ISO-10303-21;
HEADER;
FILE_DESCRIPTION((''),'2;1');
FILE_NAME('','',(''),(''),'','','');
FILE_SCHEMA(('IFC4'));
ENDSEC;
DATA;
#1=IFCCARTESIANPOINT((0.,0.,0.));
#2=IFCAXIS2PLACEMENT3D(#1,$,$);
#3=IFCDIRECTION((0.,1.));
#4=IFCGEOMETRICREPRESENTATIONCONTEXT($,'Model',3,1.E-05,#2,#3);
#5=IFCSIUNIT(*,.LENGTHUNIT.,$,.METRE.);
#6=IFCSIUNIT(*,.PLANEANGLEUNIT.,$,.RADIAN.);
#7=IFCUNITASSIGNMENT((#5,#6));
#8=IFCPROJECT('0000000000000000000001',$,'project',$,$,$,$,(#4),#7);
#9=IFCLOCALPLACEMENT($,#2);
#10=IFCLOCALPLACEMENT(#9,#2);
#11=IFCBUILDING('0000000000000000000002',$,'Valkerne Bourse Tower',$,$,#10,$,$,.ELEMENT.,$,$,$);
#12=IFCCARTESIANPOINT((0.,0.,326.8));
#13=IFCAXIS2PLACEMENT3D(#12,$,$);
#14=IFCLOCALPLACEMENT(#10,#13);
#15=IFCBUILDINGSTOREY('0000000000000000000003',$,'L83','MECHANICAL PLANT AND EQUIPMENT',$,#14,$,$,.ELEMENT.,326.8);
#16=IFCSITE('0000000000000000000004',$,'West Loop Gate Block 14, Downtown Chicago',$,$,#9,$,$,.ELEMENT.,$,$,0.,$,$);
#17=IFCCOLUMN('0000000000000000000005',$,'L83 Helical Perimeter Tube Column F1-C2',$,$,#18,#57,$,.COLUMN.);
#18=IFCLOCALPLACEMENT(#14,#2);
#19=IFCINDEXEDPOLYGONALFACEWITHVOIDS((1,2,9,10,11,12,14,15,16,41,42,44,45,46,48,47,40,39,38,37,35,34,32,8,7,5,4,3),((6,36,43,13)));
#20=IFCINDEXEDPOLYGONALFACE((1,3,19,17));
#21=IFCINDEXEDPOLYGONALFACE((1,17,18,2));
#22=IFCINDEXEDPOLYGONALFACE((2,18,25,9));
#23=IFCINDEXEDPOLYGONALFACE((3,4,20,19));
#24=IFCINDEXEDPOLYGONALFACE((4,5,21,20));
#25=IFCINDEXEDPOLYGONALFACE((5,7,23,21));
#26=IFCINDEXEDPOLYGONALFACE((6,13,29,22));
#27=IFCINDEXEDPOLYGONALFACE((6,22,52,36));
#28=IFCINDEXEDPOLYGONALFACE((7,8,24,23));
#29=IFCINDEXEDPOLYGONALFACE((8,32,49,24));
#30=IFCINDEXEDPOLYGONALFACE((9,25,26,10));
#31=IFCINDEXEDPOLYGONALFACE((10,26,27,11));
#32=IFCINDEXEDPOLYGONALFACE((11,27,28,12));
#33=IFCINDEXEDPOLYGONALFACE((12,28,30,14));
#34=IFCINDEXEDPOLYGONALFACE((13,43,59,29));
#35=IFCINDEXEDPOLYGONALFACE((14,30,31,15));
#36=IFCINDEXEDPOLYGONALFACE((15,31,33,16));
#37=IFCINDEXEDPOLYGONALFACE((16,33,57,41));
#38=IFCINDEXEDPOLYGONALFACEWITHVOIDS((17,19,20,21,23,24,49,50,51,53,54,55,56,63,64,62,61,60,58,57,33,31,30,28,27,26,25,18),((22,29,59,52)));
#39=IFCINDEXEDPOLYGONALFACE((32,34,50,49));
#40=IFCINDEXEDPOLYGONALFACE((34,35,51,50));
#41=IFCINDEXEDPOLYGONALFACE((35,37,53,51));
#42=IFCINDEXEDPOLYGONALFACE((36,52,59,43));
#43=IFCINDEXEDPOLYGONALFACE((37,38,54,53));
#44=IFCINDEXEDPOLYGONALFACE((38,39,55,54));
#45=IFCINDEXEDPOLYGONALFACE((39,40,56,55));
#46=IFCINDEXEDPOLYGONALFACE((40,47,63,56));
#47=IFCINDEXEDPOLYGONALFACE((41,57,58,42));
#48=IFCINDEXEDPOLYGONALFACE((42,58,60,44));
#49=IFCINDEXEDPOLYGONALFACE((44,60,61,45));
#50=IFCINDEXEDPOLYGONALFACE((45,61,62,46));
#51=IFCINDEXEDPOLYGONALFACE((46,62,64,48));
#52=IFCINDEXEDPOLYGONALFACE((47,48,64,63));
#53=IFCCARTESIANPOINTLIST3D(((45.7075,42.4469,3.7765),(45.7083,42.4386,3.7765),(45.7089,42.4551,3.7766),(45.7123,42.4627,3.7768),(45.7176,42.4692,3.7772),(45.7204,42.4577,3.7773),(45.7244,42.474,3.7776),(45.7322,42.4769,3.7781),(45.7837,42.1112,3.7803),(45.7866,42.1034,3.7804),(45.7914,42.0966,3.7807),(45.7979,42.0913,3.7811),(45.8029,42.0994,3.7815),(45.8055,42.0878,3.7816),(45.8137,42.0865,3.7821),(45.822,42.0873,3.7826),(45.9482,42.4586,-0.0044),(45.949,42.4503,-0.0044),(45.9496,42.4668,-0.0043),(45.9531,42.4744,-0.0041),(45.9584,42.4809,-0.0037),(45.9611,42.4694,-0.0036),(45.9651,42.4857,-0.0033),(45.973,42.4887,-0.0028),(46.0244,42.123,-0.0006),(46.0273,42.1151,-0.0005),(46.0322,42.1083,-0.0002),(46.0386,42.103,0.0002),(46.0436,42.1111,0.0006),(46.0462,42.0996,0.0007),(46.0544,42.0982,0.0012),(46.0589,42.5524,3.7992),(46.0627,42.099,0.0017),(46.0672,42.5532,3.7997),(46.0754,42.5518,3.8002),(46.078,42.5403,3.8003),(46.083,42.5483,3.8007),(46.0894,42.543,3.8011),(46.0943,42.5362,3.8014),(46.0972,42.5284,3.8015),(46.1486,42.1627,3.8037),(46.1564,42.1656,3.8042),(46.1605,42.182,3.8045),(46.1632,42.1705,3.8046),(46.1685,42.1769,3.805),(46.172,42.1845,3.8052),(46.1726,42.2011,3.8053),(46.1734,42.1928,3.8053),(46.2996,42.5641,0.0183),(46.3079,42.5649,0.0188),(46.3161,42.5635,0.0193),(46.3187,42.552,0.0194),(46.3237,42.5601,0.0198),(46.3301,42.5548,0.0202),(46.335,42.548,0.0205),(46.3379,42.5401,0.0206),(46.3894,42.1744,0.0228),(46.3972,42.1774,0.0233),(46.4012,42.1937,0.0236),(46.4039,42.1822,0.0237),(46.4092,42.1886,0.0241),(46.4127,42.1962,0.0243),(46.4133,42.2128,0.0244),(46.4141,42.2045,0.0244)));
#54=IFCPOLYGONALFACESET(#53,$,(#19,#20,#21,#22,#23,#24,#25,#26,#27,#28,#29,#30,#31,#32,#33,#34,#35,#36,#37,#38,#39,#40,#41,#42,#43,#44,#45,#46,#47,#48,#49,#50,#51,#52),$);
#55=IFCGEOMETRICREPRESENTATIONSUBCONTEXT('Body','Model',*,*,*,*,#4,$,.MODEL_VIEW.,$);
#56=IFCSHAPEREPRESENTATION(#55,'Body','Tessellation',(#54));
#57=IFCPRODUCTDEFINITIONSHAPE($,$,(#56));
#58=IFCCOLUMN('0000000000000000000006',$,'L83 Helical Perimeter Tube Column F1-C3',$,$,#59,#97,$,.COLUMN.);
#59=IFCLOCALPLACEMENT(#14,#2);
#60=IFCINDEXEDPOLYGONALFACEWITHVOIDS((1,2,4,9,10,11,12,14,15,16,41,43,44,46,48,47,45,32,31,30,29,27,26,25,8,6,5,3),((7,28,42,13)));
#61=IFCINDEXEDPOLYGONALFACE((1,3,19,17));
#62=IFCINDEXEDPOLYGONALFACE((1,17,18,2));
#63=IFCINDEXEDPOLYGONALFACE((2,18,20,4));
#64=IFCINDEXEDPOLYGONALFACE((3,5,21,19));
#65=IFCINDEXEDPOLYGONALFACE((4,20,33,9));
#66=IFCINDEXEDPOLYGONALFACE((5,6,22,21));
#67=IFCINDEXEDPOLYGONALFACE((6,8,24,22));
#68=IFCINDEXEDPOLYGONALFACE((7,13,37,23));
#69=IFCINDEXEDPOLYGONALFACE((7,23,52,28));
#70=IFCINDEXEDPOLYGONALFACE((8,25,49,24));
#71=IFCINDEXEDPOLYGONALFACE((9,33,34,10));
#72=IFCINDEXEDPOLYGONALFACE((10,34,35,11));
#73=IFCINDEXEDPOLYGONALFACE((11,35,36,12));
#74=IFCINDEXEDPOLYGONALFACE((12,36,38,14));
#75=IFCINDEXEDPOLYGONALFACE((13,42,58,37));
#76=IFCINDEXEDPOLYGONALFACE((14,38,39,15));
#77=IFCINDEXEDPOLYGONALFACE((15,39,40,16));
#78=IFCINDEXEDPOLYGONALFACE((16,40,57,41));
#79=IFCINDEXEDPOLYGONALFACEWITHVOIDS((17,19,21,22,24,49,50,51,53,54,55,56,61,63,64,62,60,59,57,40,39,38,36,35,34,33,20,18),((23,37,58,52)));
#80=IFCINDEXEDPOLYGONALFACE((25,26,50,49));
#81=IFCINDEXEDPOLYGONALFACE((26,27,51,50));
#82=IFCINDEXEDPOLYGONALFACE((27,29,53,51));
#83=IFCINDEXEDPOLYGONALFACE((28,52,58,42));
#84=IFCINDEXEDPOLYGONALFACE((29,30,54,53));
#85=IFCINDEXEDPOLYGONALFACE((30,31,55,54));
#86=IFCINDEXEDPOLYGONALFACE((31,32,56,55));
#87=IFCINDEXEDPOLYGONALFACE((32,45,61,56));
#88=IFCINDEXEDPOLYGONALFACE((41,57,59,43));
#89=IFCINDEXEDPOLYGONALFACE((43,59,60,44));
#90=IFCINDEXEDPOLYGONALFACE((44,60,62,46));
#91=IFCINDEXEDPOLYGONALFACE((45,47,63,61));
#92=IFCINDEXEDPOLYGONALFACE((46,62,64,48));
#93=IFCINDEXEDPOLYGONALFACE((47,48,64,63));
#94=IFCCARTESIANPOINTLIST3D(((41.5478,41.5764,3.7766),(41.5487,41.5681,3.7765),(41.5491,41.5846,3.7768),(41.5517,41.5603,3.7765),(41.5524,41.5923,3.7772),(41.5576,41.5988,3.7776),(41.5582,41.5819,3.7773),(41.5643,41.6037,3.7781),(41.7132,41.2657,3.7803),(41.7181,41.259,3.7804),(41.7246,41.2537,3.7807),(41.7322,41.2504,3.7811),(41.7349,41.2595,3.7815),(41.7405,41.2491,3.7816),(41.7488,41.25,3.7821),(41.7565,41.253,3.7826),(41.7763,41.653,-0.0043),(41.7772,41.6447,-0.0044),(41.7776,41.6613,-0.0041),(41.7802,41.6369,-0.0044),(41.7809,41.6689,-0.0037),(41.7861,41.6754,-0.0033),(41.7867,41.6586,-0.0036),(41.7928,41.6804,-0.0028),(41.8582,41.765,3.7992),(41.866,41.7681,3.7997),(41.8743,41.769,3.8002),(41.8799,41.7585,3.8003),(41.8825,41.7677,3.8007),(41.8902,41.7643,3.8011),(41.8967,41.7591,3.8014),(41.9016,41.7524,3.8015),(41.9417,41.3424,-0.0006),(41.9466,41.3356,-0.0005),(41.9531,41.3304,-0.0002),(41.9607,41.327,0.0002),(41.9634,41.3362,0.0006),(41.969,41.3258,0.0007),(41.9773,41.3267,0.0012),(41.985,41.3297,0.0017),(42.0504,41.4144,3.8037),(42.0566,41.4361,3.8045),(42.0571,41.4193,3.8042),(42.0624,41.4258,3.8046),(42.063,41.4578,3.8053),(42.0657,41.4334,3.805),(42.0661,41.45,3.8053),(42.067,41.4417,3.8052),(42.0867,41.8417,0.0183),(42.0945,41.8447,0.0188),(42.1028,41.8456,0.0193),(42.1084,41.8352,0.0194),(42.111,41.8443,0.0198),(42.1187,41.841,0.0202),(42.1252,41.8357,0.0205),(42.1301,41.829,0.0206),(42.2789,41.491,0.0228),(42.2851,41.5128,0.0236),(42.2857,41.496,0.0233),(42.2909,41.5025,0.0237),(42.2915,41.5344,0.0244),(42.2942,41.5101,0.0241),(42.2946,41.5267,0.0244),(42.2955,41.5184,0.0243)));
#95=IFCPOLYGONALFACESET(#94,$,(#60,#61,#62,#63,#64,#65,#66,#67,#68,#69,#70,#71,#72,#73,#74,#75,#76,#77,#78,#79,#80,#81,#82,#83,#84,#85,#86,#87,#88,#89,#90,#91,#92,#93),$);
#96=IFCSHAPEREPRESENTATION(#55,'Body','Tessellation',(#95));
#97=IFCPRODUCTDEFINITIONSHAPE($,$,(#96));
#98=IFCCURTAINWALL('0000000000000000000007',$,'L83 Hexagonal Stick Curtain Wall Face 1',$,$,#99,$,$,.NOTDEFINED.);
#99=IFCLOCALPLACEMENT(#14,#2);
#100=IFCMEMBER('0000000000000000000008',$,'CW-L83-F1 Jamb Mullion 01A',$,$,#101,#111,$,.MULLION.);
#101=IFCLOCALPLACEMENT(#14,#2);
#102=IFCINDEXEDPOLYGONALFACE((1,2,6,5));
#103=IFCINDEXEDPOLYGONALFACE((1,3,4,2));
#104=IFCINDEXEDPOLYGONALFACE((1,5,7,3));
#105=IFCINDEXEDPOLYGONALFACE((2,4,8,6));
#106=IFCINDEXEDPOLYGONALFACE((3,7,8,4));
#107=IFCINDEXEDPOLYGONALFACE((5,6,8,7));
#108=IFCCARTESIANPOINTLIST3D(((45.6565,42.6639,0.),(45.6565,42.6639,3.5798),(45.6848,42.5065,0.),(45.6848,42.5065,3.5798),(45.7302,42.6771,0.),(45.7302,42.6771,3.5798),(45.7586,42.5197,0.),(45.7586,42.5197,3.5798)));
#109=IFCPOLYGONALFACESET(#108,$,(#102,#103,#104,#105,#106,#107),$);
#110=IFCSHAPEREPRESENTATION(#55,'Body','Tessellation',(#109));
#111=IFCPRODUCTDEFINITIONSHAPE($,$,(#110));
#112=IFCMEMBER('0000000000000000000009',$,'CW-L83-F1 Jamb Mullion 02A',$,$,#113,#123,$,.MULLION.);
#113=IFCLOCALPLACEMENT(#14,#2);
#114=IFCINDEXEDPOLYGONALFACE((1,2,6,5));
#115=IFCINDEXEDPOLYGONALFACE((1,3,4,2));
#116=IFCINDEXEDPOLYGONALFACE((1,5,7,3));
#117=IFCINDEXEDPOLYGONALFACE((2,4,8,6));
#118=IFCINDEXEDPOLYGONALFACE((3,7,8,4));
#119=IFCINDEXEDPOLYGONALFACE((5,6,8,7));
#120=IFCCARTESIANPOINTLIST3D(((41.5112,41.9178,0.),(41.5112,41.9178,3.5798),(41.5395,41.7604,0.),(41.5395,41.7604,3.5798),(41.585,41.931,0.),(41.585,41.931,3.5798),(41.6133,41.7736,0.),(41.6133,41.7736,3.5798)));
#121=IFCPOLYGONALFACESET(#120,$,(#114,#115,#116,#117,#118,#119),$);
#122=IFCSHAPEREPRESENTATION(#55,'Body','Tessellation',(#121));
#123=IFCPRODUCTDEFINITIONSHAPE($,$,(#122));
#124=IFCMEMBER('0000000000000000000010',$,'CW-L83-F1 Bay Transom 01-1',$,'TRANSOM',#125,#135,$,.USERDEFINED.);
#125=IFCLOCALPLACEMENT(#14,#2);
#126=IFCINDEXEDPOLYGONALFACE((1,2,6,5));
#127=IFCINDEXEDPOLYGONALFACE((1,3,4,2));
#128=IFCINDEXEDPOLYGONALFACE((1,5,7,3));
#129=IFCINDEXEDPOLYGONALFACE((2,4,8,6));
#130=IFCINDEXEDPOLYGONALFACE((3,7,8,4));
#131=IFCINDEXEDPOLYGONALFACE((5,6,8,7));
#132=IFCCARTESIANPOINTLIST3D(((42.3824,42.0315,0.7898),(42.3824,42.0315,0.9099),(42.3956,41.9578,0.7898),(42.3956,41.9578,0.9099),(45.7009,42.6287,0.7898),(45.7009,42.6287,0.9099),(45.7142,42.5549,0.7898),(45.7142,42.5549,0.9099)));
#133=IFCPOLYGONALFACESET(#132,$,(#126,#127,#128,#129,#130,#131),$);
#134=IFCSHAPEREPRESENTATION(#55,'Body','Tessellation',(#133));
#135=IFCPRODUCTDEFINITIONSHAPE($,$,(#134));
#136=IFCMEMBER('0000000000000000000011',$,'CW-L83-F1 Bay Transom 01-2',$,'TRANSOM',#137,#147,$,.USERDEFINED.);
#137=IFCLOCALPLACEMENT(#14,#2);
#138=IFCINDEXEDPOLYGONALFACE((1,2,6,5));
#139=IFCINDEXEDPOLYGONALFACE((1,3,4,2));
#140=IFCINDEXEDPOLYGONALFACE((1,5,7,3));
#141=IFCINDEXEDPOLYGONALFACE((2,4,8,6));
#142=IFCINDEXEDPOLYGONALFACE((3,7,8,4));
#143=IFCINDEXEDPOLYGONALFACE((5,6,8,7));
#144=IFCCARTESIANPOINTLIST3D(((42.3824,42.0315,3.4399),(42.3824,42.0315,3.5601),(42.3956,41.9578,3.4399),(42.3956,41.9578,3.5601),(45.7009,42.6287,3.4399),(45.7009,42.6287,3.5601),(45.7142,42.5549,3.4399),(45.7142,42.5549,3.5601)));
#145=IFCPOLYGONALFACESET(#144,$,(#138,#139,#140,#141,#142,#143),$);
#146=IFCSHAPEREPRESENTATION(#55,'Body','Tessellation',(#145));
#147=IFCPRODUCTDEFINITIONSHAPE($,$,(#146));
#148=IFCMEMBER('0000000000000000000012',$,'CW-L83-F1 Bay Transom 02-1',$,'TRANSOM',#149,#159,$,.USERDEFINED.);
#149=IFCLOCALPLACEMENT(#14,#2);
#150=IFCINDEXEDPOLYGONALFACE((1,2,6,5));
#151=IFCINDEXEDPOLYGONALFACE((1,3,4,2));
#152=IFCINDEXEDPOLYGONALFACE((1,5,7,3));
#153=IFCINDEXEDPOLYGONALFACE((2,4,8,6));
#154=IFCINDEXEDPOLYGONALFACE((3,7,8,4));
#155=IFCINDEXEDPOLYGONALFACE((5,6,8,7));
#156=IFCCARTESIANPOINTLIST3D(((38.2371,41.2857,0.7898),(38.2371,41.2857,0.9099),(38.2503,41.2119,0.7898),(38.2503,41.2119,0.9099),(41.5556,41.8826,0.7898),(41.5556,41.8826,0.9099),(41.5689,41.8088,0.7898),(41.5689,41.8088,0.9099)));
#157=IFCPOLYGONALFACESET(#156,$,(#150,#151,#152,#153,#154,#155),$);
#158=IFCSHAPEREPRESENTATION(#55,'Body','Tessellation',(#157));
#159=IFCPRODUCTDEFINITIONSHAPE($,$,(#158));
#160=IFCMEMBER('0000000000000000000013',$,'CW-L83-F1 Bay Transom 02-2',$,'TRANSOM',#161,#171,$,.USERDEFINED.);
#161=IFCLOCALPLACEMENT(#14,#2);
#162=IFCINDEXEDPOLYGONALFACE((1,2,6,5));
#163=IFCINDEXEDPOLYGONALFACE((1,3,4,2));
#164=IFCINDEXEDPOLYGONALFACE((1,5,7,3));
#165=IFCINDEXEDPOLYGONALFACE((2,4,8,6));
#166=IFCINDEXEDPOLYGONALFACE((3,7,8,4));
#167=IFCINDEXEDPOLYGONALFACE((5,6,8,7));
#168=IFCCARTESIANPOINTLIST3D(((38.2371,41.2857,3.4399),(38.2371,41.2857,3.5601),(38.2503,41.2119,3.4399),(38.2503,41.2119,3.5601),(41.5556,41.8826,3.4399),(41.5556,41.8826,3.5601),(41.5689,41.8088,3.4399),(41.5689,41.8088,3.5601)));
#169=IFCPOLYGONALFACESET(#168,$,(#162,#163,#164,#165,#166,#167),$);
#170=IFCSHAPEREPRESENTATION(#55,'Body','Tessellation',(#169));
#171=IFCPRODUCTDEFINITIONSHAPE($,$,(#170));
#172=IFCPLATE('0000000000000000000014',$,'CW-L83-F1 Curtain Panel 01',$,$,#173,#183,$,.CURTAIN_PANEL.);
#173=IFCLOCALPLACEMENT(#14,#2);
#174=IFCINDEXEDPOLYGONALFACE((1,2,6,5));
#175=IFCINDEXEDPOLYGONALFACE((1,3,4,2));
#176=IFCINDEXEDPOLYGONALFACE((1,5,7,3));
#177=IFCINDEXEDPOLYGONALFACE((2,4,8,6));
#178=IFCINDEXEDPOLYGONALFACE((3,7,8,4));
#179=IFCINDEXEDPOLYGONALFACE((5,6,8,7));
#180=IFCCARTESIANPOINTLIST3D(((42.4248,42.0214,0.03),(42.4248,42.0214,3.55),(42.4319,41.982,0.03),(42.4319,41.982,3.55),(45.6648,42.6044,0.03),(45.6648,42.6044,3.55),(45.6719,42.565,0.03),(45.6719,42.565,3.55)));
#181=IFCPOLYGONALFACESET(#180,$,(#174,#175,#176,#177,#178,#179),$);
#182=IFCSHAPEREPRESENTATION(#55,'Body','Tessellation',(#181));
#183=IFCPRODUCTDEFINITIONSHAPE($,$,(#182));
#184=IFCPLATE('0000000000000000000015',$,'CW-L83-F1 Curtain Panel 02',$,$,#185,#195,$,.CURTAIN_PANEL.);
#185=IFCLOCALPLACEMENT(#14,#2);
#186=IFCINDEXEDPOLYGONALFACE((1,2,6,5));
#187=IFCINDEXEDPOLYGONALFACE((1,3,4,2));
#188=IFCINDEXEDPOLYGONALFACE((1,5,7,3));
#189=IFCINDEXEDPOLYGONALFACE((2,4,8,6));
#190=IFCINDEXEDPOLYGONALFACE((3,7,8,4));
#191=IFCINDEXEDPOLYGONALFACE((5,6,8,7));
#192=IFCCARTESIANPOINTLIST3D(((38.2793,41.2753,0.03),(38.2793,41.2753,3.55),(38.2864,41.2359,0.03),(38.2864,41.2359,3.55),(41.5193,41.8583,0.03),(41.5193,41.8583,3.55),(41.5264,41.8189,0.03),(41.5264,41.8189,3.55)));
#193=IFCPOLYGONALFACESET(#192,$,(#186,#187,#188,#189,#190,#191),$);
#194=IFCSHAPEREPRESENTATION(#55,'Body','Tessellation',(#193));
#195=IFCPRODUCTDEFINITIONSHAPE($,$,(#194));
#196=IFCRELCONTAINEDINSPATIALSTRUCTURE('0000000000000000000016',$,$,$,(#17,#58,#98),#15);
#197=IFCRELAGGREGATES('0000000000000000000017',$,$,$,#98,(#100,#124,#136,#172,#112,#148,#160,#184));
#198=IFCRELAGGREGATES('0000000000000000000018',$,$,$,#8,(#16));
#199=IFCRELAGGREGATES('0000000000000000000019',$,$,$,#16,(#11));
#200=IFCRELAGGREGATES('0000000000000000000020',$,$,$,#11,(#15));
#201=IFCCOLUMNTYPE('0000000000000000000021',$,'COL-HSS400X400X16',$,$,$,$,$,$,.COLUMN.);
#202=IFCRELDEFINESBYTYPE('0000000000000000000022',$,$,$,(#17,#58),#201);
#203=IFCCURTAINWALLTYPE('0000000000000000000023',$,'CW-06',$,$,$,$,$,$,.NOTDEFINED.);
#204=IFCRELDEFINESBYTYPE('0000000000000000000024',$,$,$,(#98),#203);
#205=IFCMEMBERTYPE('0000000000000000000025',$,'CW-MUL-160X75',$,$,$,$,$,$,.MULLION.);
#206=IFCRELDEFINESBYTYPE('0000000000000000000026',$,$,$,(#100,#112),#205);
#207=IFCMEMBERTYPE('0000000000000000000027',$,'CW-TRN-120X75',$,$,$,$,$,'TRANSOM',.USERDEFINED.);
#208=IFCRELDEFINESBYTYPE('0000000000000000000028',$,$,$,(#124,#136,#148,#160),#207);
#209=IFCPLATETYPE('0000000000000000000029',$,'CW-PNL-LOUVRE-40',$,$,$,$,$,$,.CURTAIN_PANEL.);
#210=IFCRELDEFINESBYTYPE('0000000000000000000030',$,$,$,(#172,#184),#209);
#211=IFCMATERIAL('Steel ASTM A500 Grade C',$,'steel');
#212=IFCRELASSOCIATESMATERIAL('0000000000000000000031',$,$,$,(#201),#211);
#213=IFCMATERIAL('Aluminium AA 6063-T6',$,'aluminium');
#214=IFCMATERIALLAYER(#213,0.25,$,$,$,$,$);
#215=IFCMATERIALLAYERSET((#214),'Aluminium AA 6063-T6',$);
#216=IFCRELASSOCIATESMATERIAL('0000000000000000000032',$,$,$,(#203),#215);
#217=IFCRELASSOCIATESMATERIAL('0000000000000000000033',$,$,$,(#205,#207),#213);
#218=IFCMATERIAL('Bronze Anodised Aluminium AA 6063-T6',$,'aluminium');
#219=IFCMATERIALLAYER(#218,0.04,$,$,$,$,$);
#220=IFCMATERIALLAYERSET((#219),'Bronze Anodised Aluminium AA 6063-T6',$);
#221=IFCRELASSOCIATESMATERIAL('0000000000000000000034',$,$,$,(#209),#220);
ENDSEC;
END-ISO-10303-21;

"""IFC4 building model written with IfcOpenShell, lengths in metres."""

from ifc_helpers import new_model, si_unit, direction, frame, origin, origin_2d, place, context, subcontext, project, spatial, rectangle, hollow_rectangle, extrude, material, layer, layer_set, material_profile, profile_set, type_object, element, aggregate, save


model = new_model("IFC4")

# Units and contexts
model_context = context("Model", 3, precision=1e-05, world=origin(), true_north=direction((0.0, 1.0)))
body_context = subcontext(model_context, "Body", "Model", "MODEL_VIEW")
ifc_project = project(units=[si_unit("LENGTHUNIT", "METRE"), si_unit("PLANEANGLEUNIT", "RADIAN")], contexts=[model_context])

# Site, building, storey
site_placement = place(None, origin())
site = spatial("IfcSite", under=ifc_project, at=site_placement, Name="West Loop Gate Block 14, Downtown Chicago", CompositionType="ELEMENT", RefElevation=0.0)
building_placement = place(site_placement, origin())
building = spatial("IfcBuilding", under=site, at=building_placement, Name="Valkerne Bourse Tower", CompositionType="ELEMENT")
storey_placement = place(building_placement, frame((0.0, 0.0, 326.8)))
storey = spatial("IfcBuildingStorey", under=building, at=storey_placement, Name="L83", Description="MECHANICAL PLANT AND EQUIPMENT", CompositionType="ELEMENT", Elevation=326.8)

# Columns
ifc_material_1 = material(Name="Steel ASTM A500 Grade C", Category="steel")
ifc_material_profile_1 = material_profile(ifc_material_1, hollow_rectangle(XDim=0.3999, YDim=0.3999, WallThickness=0.0161, OuterFilletRadius=0.032, at=origin_2d()), Name="HSS400X400X16")
ifc_profile_set_1 = profile_set([ifc_material_profile_1], Name="Steel ASTM A500 Grade C")
column_type = type_object("IfcColumnType", Name="COL-HSS400X400X16", PredefinedType="COLUMN", material=ifc_profile_set_1)
for number, where, z_axis, x_axis, name in (
    (1, (46.1812, 42.3315, 0.01), (-0.063537, -0.003093, 0.997975), (-0.224373, 0.974438, -0.011265), "L83 Helical Perimeter Tube Column F1-C2"),
    (2, (42.0359, 41.5857, 0.01), (-0.060315, -0.020234, 0.997974), (-0.480573, 0.876882, -0.011266), "L83 Helical Perimeter Tube Column F1-C3"),
):
    element("IfcColumn", number, at=place(storey_placement, frame(where, z_axis=z_axis, x_axis=x_axis)), inside=storey, type_object=column_type, Name=name, PredefinedType="COLUMN", context=body_context, shape_type="SweptSolid", body=[
        extrude(hollow_rectangle(XDim=0.3999, YDim=0.3999, WallThickness=0.0161, OuterFilletRadius=0.032, at=origin_2d()), origin(), (0.0, 0.0, 1.0), 3.7886),
    ])

# Curtain wall, members, plates
ifc_material_2 = material(Name="Aluminium AA 6063-T6", Category="aluminium")
ifc_layer_1 = layer(ifc_material_2, 0.25)
ifc_layer_set_1 = layer_set([ifc_layer_1], Name="Aluminium AA 6063-T6")
curtain_wall_type = type_object("IfcCurtainWallType", Name="CW-06", PredefinedType="NOTDEFINED", material=ifc_layer_set_1)
curtain_wall_placement = place(storey_placement, origin())
curtain_wall = element("IfcCurtainWall", 3, at=curtain_wall_placement, inside=storey, type_object=curtain_wall_type, Name="L83 Hexagonal Stick Curtain Wall Face 1", PredefinedType="NOTDEFINED")
ifc_material_profile_2 = material_profile(ifc_material_2, rectangle(XDim=0.075, YDim=0.1599, at=origin_2d()), Name="CWM-75X160")
ifc_profile_set_2 = profile_set([ifc_material_profile_2], Name="Aluminium AA 6063-T6")
member_type_1 = type_object("IfcMemberType", Name="CW-MUL-160X75", PredefinedType="MULLION", material=ifc_profile_set_2)
member_1_placement = place(storey_placement, frame((45.7075, 42.5918, 0.0), z_axis=(0.0, 0.0, 1.0), x_axis=(-0.984195, -0.17709, 0.0)))
member_1 = element("IfcMember", 4, at=member_1_placement, type_object=member_type_1, Name="CW-L83-F1 Jamb Mullion 01A", PredefinedType="MULLION", context=body_context, shape_type="SweptSolid", body=[
    extrude(rectangle(XDim=0.075, YDim=0.1599, at=origin_2d()), origin(), (0.0, 0.0, 1.0), 3.5798),
])
member_2_placement = place(storey_placement, frame((41.5623, 41.8457, 0.0), z_axis=(0.0, 0.0, 1.0), x_axis=(-0.984195, -0.17709, 0.0)))
member_2 = element("IfcMember", 5, at=member_2_placement, type_object=member_type_1, Name="CW-L83-F1 Jamb Mullion 02A", PredefinedType="MULLION", context=body_context, shape_type="SweptSolid", body=[
    extrude(rectangle(XDim=0.075, YDim=0.1599, at=origin_2d()), origin(), (0.0, 0.0, 1.0), 3.5798),
])
ifc_material_profile_3 = material_profile(ifc_material_2, rectangle(XDim=0.075, YDim=0.1201, at=origin_2d()), Name="CWT-75X120")
ifc_profile_set_3 = profile_set([ifc_material_profile_3], Name="Aluminium AA 6063-T6")
member_type_2 = type_object("IfcMemberType", Name="CW-TRN-120X75", ElementType="TRANSOM", PredefinedType="USERDEFINED", material=ifc_profile_set_3)
member_3_placement = place(storey_placement, frame((45.7075, 42.5918, 0.8499), z_axis=(-0.984193, -0.177101, 0.0), x_axis=(0.177101, -0.984193, 0.0)))
member_3 = element("IfcMember", 6, at=member_3_placement, type_object=member_type_2, Name="CW-L83-F1 Bay Transom 01-1", ObjectType="TRANSOM", PredefinedType="USERDEFINED", context=body_context, shape_type="SweptSolid", body=[
    extrude(rectangle(XDim=0.075, YDim=0.1201, at=origin_2d()), origin(), (0.0, 0.0, 1.0), 3.3718),
])
member_4_placement = place(storey_placement, frame((45.7075, 42.5918, 3.5), z_axis=(-0.984193, -0.177101, 0.0), x_axis=(0.177101, -0.984193, 0.0)))
member_4 = element("IfcMember", 7, at=member_4_placement, type_object=member_type_2, Name="CW-L83-F1 Bay Transom 01-2", ObjectType="TRANSOM", PredefinedType="USERDEFINED", context=body_context, shape_type="SweptSolid", body=[
    extrude(rectangle(XDim=0.075, YDim=0.1201, at=origin_2d()), origin(), (0.0, 0.0, 1.0), 3.3718),
])
member_5_placement = place(storey_placement, frame((41.5623, 41.8457, 0.8499), z_axis=(-0.984205, -0.177031, 0.0), x_axis=(0.177031, -0.984205, 0.0)))
member_5 = element("IfcMember", 8, at=member_5_placement, type_object=member_type_2, Name="CW-L83-F1 Bay Transom 02-1", ObjectType="TRANSOM", PredefinedType="USERDEFINED", context=body_context, shape_type="SweptSolid", body=[
    extrude(rectangle(XDim=0.075, YDim=0.1201, at=origin_2d()), origin(), (0.0, 0.0, 1.0), 3.3718),
])
member_6_placement = place(storey_placement, frame((41.5623, 41.8457, 3.5), z_axis=(-0.984205, -0.177031, 0.0), x_axis=(0.177031, -0.984205, 0.0)))
member_6 = element("IfcMember", 9, at=member_6_placement, type_object=member_type_2, Name="CW-L83-F1 Bay Transom 02-2", ObjectType="TRANSOM", PredefinedType="USERDEFINED", context=body_context, shape_type="SweptSolid", body=[
    extrude(rectangle(XDim=0.075, YDim=0.1201, at=origin_2d()), origin(), (0.0, 0.0, 1.0), 3.3718),
])
ifc_material_3 = material(Name="Bronze Anodised Aluminium AA 6063-T6", Category="aluminium")
ifc_layer_2 = layer(ifc_material_3, 0.04)
ifc_layer_set_2 = layer_set([ifc_layer_2], Name="Bronze Anodised Aluminium AA 6063-T6")
plate_type = type_object("IfcPlateType", Name="CW-PNL-LOUVRE-40", PredefinedType="CURTAIN_PANEL", material=ifc_layer_set_2)
plate_1_placement = place(storey_placement, frame((44.0483, 42.2932, 0.03), z_axis=(0.0, 0.0, 1.0), x_axis=(-0.984195, -0.17709, 0.0)))
plate_1 = element("IfcPlate", 10, at=plate_1_placement, type_object=plate_type, Name="CW-L83-F1 Curtain Panel 01", PredefinedType="CURTAIN_PANEL", context=body_context, shape_type="SweptSolid", body=[
    extrude(rectangle(XDim=3.292, YDim=0.04, at=origin_2d()), origin(), (0.0, 0.0, 1.0), 3.52),
])
plate_2_placement = place(storey_placement, frame((39.9028, 41.5471, 0.03), z_axis=(0.0, 0.0, 1.0), x_axis=(-0.984195, -0.17709, 0.0)))
plate_2 = element("IfcPlate", 11, at=plate_2_placement, type_object=plate_type, Name="CW-L83-F1 Curtain Panel 02", PredefinedType="CURTAIN_PANEL", context=body_context, shape_type="SweptSolid", body=[
    extrude(rectangle(XDim=3.292, YDim=0.04, at=origin_2d()), origin(), (0.0, 0.0, 1.0), 3.52),
])
aggregate(curtain_wall, [member_1, member_3, member_4, plate_1, member_2, member_5, member_6, plate_2])

save(model, "model.ifc")
